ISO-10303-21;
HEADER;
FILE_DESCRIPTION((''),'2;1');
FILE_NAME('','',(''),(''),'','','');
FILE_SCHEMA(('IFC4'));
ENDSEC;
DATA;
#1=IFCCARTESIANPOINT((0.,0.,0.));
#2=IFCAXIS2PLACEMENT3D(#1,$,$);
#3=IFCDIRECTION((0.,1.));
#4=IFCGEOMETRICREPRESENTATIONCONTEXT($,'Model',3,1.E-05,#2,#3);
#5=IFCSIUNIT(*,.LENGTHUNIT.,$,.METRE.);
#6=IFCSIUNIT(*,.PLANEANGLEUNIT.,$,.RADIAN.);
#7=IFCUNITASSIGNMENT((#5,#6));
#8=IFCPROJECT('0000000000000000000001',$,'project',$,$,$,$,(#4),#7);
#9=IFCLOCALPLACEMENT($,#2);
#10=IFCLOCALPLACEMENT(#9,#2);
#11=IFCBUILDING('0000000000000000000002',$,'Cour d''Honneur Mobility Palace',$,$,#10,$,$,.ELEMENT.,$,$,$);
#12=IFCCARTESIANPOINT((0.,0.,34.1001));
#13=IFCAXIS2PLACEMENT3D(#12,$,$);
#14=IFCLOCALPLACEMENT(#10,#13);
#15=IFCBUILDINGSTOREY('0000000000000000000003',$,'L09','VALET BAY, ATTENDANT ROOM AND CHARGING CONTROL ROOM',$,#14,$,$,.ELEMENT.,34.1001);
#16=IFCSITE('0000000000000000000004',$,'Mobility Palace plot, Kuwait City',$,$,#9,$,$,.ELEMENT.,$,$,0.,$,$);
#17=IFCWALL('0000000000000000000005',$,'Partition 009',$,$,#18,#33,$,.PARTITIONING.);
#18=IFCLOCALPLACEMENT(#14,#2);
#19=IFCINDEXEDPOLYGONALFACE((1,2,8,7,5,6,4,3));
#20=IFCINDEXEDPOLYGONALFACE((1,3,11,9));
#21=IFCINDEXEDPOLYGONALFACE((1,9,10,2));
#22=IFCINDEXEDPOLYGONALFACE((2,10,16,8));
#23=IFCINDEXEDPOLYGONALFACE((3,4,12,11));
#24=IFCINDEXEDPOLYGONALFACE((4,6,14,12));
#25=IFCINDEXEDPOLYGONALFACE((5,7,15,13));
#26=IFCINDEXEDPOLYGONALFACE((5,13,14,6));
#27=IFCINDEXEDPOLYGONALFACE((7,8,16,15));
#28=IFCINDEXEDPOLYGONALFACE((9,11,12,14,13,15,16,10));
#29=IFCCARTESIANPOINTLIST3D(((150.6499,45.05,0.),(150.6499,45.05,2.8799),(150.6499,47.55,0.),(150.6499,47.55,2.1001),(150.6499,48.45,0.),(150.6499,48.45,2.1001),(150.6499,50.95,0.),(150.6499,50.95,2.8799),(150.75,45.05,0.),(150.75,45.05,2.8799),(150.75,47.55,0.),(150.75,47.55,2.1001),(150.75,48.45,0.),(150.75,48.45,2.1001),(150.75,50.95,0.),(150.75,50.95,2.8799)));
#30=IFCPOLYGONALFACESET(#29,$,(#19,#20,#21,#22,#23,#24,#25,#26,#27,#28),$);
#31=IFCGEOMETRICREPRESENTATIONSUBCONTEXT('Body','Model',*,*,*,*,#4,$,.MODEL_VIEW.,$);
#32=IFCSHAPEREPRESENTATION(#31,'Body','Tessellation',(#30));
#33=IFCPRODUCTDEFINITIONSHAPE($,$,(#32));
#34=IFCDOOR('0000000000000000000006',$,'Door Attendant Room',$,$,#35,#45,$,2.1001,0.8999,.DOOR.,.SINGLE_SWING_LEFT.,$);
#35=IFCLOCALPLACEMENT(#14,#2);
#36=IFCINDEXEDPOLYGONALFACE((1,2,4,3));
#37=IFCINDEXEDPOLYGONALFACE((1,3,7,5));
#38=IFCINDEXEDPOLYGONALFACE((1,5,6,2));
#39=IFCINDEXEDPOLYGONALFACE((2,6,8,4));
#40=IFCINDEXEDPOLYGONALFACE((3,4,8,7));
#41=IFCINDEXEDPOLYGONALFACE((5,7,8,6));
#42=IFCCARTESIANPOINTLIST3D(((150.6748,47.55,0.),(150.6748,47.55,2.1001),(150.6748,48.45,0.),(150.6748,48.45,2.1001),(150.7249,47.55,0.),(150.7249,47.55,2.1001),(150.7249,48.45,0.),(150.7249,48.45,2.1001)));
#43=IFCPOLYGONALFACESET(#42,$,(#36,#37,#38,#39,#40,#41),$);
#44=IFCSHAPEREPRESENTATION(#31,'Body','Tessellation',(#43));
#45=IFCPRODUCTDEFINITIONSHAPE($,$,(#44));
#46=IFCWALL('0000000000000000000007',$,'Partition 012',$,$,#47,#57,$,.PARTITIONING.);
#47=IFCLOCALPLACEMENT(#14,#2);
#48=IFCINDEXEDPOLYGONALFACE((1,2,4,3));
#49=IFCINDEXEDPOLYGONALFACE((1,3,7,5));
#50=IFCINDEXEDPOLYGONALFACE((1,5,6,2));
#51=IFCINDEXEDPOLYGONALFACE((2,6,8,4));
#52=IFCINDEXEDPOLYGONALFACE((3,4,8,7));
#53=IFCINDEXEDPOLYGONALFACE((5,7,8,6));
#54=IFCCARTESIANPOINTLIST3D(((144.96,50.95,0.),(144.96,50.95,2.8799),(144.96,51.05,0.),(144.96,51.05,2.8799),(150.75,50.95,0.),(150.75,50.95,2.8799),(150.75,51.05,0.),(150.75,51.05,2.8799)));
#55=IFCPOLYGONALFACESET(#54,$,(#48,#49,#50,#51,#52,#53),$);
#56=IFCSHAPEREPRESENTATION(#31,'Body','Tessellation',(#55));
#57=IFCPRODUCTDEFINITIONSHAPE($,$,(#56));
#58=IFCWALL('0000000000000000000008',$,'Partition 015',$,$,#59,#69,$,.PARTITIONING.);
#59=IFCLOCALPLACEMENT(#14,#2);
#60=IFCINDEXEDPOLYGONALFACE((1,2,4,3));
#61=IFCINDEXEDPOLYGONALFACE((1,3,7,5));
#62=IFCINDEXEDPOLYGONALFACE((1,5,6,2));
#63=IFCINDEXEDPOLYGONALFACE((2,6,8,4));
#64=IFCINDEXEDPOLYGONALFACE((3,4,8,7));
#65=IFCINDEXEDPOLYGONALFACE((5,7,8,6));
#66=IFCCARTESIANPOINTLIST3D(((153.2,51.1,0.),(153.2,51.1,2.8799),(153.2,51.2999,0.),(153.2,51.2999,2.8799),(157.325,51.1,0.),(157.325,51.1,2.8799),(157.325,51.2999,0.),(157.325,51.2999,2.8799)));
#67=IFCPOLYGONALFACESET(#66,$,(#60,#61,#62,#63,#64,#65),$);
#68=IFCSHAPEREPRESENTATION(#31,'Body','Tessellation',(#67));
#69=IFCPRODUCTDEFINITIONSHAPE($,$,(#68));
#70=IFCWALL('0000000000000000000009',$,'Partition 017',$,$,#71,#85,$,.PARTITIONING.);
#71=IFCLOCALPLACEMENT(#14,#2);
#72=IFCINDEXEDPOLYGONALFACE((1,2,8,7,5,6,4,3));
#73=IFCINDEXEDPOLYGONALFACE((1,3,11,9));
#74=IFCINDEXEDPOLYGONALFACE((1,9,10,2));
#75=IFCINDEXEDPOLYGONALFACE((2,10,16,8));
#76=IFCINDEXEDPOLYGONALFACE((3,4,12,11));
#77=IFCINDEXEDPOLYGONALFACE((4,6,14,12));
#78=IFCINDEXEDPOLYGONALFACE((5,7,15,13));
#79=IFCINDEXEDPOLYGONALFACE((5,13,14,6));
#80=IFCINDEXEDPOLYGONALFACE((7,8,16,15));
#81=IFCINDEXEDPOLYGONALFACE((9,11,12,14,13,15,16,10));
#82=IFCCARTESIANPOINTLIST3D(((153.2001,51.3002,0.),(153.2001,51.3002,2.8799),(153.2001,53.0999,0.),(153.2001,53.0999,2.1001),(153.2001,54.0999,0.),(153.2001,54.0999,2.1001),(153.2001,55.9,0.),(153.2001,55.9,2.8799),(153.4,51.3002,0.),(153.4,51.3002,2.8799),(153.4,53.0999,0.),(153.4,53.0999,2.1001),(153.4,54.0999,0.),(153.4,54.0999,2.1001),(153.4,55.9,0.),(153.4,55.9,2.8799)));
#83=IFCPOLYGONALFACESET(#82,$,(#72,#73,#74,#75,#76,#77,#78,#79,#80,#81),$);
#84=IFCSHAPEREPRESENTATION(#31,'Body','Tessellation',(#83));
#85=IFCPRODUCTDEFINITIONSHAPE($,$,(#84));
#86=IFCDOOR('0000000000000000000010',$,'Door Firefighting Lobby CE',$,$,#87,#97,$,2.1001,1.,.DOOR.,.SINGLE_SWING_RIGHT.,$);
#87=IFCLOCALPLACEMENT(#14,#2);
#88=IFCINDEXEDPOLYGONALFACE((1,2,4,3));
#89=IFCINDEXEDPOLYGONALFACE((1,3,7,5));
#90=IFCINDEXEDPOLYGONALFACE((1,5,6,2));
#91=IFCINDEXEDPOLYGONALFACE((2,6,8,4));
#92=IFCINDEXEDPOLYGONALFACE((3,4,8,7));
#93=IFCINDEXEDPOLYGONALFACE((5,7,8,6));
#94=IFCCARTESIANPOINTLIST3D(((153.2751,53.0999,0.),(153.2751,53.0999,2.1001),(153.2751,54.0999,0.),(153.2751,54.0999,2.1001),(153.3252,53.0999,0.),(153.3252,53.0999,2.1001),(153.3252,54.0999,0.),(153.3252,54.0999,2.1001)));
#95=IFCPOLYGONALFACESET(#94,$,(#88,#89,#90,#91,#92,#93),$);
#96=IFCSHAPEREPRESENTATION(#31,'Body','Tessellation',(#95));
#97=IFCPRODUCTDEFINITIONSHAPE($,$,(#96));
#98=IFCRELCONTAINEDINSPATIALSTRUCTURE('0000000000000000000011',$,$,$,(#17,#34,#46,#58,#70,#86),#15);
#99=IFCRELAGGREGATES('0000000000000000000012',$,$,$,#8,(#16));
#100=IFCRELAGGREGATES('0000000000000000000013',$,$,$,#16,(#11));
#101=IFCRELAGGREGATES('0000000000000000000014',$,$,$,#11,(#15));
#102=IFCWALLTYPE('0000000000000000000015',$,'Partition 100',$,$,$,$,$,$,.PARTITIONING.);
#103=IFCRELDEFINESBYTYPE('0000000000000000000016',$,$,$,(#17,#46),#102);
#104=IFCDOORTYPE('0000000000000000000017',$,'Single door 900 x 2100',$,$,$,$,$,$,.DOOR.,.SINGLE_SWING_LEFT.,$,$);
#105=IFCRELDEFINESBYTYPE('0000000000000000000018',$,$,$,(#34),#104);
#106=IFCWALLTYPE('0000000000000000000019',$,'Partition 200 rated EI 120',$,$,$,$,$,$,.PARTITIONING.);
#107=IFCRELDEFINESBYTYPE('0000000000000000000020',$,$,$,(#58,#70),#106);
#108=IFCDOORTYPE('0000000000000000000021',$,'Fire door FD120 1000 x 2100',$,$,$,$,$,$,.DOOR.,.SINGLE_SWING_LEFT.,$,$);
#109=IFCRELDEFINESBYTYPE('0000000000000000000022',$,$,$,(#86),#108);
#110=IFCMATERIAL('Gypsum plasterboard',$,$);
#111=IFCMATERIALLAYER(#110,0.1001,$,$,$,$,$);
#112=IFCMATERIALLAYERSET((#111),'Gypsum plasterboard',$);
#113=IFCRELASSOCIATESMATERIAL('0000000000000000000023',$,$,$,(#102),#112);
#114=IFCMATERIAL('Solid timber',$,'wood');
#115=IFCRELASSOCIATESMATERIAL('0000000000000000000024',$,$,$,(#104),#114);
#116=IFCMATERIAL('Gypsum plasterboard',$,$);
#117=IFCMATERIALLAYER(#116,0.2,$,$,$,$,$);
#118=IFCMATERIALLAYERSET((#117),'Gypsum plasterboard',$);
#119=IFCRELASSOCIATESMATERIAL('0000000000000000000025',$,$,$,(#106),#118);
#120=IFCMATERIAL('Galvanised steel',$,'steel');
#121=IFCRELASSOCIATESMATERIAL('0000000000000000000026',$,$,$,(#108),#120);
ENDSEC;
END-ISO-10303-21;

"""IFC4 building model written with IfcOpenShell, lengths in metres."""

from ifc_helpers import new_model, si_unit, direction, frame, frame_2d, origin, place, context, subcontext, project, spatial, rectangle, extrude, material, layer, layer_set, type_object, element, fill, save


model = new_model("IFC4")

# Units and contexts
model_context = context("Model", 3, precision=1e-05, world=origin(), true_north=direction((0.0, 1.0)))
body_context = subcontext(model_context, "Body", "Model", "MODEL_VIEW")
ifc_project = project(units=[si_unit("LENGTHUNIT", "METRE"), si_unit("PLANEANGLEUNIT", "RADIAN")], contexts=[model_context])

# Site, building, storey
site_placement = place(None, origin())
site = spatial("IfcSite", under=ifc_project, at=site_placement, Name="Mobility Palace plot, Kuwait City", CompositionType="ELEMENT", RefElevation=0.0)
building_placement = place(site_placement, origin())
building = spatial("IfcBuilding", under=site, at=building_placement, Name="Cour d'Honneur Mobility Palace", CompositionType="ELEMENT")
storey_placement = place(building_placement, frame((0.0, 0.0, 34.1001)))
storey = spatial("IfcBuildingStorey", under=building, at=storey_placement, Name="L09", Description="VALET BAY, ATTENDANT ROOM AND CHARGING CONTROL ROOM", CompositionType="ELEMENT", Elevation=34.1001)

# Shared definitions
ifc_material_1 = material(Name="Gypsum plasterboard")
ifc_layer_1 = layer(ifc_material_1, 0.1001)
ifc_layer_set_1 = layer_set([ifc_layer_1], Name="Gypsum plasterboard")
wall_type_1 = type_object("IfcWallType", Name="Partition 100", PredefinedType="PARTITIONING", material=ifc_layer_set_1)

# Wall, opening, door
wall_1_placement = place(storey_placement, frame((150.7, 45.05, 0.0), z_axis=(0.0, 0.0, 1.0), x_axis=(0.0, 1.0, 0.0)))
wall_1 = element("IfcWall", 1, at=wall_1_placement, inside=storey, type_object=wall_type_1, Name="Partition 009", PredefinedType="PARTITIONING", context=body_context, shape_type="SweptSolid", body=[
    extrude(rectangle(XDim=5.8999, YDim=0.1001, at=frame_2d((2.95, 0.0))), origin(), (0.0, 0.0, 1.0), 2.8799),
])
opening_1_placement = place(wall_1_placement, frame((2.5, 0.0, 0.0)))
opening_1 = element("IfcOpeningElement", 2, at=opening_1_placement, cuts=wall_1, PredefinedType="OPENING", context=body_context, shape_type="SweptSolid", body=[
    extrude(rectangle(XDim=0.8999, YDim=2.1001, at=frame_2d((0.45, 1.05))), frame((0.0, 0.0601, 0.0), z_axis=(0.0, -1.0, 0.0), x_axis=(1.0, 0.0, 0.0)), (0.0, 0.0, 1.0), 0.1201),
])
ifc_material_2 = material(Name="Solid timber", Category="wood")
door_type_1 = type_object("IfcDoorType", Name="Single door 900 x 2100", OperationType="SINGLE_SWING_LEFT", PredefinedType="DOOR", material=ifc_material_2)
door_1_placement = place(opening_1_placement, frame((0.8999, 0.0, 0.0), z_axis=(0.0, 0.0, 1.0), x_axis=(-1.0, 0.0, 0.0)))
door_1 = element("IfcDoor", 3, at=door_1_placement, inside=storey, type_object=door_type_1, Name="Door Attendant Room", OperationType="SINGLE_SWING_LEFT", OverallHeight=2.1001, OverallWidth=0.8999, PredefinedType="DOOR", context=body_context, shape_type="SweptSolid", body=[
    extrude(rectangle(XDim=0.8999, YDim=2.1001, at=frame_2d((0.45, 1.05))), frame((0.0, 0.0249, 0.0), z_axis=(0.0, -1.0, 0.0), x_axis=(1.0, 0.0, 0.0)), (0.0, 0.0, 1.0), 0.05),
])
fill(opening_1, door_1)

# Walls
wall_2_placement = place(storey_placement, frame((150.75, 51.0, 0.0), z_axis=(0.0, 0.0, 1.0), x_axis=(-1.0, 0.0, 0.0)))
element("IfcWall", 4, at=wall_2_placement, inside=storey, type_object=wall_type_1, Name="Partition 012", PredefinedType="PARTITIONING", context=body_context, shape_type="SweptSolid", body=[
    extrude(rectangle(XDim=5.79, YDim=0.1001, at=frame_2d((2.895, 0.0))), origin(), (0.0, 0.0, 1.0), 2.8799),
])
ifc_material_3 = material(Name="Gypsum plasterboard")
ifc_layer_2 = layer(ifc_material_3, 0.2)
ifc_layer_set_2 = layer_set([ifc_layer_2], Name="Gypsum plasterboard")
wall_type_2 = type_object("IfcWallType", Name="Partition 200 rated EI 120", PredefinedType="PARTITIONING", material=ifc_layer_set_2)
wall_3_placement = place(storey_placement, frame((153.2, 51.2, 0.0), z_axis=(0.0, 0.0, 1.0), x_axis=(1.0, 0.0, 0.0)))
element("IfcWall", 5, at=wall_3_placement, inside=storey, type_object=wall_type_2, Name="Partition 015", PredefinedType="PARTITIONING", context=body_context, shape_type="SweptSolid", body=[
    extrude(rectangle(XDim=4.125, YDim=0.2, at=frame_2d((2.0625, 0.0))), origin(), (0.0, 0.0, 1.0), 2.8799),
])

# Wall, opening, door
wall_4_placement = place(storey_placement, frame((153.3, 55.8999, 0.0), z_axis=(0.0, 0.0, 1.0), x_axis=(0.0, -1.0, 0.0)))
wall_4 = element("IfcWall", 6, at=wall_4_placement, inside=storey, type_object=wall_type_2, Name="Partition 017", PredefinedType="PARTITIONING", context=body_context, shape_type="SweptSolid", body=[
    extrude(rectangle(XDim=4.5999, YDim=0.2, at=frame_2d((2.2998, 0.0))), origin(), (0.0, 0.0, 1.0), 2.8799),
])
opening_2_placement = place(wall_4_placement, frame((1.8, 0.0, 0.0)))
opening_2 = element("IfcOpeningElement", 7, at=opening_2_placement, cuts=wall_4, PredefinedType="OPENING", context=body_context, shape_type="SweptSolid", body=[
    extrude(rectangle(XDim=1.0, YDim=2.1001, at=frame_2d((0.5, 1.05))), frame((0.0, 0.1099, 0.0), z_axis=(0.0, -1.0, 0.0), x_axis=(1.0, 0.0, 0.0)), (0.0, 0.0, 1.0), 0.22),
])
ifc_material_4 = material(Name="Galvanised steel", Category="steel")
door_type_2 = type_object("IfcDoorType", Name="Fire door FD120 1000 x 2100", OperationType="SINGLE_SWING_LEFT", PredefinedType="DOOR", material=ifc_material_4)
door_2_placement = place(opening_2_placement, frame((1.0, 0.0, 0.0), z_axis=(0.0, 0.0, 1.0), x_axis=(-1.0, 0.0, 0.0)))
door_2 = element("IfcDoor", 8, at=door_2_placement, inside=storey, type_object=door_type_2, Name="Door Firefighting Lobby CE", OperationType="SINGLE_SWING_RIGHT", OverallHeight=2.1001, OverallWidth=1.0, PredefinedType="DOOR", context=body_context, shape_type="SweptSolid", body=[
    extrude(rectangle(XDim=1.0, YDim=2.1001, at=frame_2d((0.5, 1.05))), frame((0.0, 0.0249, 0.0), z_axis=(0.0, -1.0, 0.0), x_axis=(1.0, 0.0, 0.0)), (0.0, 0.0, 1.0), 0.05),
])
fill(opening_2, door_2)

save(model, "model.ifc")
